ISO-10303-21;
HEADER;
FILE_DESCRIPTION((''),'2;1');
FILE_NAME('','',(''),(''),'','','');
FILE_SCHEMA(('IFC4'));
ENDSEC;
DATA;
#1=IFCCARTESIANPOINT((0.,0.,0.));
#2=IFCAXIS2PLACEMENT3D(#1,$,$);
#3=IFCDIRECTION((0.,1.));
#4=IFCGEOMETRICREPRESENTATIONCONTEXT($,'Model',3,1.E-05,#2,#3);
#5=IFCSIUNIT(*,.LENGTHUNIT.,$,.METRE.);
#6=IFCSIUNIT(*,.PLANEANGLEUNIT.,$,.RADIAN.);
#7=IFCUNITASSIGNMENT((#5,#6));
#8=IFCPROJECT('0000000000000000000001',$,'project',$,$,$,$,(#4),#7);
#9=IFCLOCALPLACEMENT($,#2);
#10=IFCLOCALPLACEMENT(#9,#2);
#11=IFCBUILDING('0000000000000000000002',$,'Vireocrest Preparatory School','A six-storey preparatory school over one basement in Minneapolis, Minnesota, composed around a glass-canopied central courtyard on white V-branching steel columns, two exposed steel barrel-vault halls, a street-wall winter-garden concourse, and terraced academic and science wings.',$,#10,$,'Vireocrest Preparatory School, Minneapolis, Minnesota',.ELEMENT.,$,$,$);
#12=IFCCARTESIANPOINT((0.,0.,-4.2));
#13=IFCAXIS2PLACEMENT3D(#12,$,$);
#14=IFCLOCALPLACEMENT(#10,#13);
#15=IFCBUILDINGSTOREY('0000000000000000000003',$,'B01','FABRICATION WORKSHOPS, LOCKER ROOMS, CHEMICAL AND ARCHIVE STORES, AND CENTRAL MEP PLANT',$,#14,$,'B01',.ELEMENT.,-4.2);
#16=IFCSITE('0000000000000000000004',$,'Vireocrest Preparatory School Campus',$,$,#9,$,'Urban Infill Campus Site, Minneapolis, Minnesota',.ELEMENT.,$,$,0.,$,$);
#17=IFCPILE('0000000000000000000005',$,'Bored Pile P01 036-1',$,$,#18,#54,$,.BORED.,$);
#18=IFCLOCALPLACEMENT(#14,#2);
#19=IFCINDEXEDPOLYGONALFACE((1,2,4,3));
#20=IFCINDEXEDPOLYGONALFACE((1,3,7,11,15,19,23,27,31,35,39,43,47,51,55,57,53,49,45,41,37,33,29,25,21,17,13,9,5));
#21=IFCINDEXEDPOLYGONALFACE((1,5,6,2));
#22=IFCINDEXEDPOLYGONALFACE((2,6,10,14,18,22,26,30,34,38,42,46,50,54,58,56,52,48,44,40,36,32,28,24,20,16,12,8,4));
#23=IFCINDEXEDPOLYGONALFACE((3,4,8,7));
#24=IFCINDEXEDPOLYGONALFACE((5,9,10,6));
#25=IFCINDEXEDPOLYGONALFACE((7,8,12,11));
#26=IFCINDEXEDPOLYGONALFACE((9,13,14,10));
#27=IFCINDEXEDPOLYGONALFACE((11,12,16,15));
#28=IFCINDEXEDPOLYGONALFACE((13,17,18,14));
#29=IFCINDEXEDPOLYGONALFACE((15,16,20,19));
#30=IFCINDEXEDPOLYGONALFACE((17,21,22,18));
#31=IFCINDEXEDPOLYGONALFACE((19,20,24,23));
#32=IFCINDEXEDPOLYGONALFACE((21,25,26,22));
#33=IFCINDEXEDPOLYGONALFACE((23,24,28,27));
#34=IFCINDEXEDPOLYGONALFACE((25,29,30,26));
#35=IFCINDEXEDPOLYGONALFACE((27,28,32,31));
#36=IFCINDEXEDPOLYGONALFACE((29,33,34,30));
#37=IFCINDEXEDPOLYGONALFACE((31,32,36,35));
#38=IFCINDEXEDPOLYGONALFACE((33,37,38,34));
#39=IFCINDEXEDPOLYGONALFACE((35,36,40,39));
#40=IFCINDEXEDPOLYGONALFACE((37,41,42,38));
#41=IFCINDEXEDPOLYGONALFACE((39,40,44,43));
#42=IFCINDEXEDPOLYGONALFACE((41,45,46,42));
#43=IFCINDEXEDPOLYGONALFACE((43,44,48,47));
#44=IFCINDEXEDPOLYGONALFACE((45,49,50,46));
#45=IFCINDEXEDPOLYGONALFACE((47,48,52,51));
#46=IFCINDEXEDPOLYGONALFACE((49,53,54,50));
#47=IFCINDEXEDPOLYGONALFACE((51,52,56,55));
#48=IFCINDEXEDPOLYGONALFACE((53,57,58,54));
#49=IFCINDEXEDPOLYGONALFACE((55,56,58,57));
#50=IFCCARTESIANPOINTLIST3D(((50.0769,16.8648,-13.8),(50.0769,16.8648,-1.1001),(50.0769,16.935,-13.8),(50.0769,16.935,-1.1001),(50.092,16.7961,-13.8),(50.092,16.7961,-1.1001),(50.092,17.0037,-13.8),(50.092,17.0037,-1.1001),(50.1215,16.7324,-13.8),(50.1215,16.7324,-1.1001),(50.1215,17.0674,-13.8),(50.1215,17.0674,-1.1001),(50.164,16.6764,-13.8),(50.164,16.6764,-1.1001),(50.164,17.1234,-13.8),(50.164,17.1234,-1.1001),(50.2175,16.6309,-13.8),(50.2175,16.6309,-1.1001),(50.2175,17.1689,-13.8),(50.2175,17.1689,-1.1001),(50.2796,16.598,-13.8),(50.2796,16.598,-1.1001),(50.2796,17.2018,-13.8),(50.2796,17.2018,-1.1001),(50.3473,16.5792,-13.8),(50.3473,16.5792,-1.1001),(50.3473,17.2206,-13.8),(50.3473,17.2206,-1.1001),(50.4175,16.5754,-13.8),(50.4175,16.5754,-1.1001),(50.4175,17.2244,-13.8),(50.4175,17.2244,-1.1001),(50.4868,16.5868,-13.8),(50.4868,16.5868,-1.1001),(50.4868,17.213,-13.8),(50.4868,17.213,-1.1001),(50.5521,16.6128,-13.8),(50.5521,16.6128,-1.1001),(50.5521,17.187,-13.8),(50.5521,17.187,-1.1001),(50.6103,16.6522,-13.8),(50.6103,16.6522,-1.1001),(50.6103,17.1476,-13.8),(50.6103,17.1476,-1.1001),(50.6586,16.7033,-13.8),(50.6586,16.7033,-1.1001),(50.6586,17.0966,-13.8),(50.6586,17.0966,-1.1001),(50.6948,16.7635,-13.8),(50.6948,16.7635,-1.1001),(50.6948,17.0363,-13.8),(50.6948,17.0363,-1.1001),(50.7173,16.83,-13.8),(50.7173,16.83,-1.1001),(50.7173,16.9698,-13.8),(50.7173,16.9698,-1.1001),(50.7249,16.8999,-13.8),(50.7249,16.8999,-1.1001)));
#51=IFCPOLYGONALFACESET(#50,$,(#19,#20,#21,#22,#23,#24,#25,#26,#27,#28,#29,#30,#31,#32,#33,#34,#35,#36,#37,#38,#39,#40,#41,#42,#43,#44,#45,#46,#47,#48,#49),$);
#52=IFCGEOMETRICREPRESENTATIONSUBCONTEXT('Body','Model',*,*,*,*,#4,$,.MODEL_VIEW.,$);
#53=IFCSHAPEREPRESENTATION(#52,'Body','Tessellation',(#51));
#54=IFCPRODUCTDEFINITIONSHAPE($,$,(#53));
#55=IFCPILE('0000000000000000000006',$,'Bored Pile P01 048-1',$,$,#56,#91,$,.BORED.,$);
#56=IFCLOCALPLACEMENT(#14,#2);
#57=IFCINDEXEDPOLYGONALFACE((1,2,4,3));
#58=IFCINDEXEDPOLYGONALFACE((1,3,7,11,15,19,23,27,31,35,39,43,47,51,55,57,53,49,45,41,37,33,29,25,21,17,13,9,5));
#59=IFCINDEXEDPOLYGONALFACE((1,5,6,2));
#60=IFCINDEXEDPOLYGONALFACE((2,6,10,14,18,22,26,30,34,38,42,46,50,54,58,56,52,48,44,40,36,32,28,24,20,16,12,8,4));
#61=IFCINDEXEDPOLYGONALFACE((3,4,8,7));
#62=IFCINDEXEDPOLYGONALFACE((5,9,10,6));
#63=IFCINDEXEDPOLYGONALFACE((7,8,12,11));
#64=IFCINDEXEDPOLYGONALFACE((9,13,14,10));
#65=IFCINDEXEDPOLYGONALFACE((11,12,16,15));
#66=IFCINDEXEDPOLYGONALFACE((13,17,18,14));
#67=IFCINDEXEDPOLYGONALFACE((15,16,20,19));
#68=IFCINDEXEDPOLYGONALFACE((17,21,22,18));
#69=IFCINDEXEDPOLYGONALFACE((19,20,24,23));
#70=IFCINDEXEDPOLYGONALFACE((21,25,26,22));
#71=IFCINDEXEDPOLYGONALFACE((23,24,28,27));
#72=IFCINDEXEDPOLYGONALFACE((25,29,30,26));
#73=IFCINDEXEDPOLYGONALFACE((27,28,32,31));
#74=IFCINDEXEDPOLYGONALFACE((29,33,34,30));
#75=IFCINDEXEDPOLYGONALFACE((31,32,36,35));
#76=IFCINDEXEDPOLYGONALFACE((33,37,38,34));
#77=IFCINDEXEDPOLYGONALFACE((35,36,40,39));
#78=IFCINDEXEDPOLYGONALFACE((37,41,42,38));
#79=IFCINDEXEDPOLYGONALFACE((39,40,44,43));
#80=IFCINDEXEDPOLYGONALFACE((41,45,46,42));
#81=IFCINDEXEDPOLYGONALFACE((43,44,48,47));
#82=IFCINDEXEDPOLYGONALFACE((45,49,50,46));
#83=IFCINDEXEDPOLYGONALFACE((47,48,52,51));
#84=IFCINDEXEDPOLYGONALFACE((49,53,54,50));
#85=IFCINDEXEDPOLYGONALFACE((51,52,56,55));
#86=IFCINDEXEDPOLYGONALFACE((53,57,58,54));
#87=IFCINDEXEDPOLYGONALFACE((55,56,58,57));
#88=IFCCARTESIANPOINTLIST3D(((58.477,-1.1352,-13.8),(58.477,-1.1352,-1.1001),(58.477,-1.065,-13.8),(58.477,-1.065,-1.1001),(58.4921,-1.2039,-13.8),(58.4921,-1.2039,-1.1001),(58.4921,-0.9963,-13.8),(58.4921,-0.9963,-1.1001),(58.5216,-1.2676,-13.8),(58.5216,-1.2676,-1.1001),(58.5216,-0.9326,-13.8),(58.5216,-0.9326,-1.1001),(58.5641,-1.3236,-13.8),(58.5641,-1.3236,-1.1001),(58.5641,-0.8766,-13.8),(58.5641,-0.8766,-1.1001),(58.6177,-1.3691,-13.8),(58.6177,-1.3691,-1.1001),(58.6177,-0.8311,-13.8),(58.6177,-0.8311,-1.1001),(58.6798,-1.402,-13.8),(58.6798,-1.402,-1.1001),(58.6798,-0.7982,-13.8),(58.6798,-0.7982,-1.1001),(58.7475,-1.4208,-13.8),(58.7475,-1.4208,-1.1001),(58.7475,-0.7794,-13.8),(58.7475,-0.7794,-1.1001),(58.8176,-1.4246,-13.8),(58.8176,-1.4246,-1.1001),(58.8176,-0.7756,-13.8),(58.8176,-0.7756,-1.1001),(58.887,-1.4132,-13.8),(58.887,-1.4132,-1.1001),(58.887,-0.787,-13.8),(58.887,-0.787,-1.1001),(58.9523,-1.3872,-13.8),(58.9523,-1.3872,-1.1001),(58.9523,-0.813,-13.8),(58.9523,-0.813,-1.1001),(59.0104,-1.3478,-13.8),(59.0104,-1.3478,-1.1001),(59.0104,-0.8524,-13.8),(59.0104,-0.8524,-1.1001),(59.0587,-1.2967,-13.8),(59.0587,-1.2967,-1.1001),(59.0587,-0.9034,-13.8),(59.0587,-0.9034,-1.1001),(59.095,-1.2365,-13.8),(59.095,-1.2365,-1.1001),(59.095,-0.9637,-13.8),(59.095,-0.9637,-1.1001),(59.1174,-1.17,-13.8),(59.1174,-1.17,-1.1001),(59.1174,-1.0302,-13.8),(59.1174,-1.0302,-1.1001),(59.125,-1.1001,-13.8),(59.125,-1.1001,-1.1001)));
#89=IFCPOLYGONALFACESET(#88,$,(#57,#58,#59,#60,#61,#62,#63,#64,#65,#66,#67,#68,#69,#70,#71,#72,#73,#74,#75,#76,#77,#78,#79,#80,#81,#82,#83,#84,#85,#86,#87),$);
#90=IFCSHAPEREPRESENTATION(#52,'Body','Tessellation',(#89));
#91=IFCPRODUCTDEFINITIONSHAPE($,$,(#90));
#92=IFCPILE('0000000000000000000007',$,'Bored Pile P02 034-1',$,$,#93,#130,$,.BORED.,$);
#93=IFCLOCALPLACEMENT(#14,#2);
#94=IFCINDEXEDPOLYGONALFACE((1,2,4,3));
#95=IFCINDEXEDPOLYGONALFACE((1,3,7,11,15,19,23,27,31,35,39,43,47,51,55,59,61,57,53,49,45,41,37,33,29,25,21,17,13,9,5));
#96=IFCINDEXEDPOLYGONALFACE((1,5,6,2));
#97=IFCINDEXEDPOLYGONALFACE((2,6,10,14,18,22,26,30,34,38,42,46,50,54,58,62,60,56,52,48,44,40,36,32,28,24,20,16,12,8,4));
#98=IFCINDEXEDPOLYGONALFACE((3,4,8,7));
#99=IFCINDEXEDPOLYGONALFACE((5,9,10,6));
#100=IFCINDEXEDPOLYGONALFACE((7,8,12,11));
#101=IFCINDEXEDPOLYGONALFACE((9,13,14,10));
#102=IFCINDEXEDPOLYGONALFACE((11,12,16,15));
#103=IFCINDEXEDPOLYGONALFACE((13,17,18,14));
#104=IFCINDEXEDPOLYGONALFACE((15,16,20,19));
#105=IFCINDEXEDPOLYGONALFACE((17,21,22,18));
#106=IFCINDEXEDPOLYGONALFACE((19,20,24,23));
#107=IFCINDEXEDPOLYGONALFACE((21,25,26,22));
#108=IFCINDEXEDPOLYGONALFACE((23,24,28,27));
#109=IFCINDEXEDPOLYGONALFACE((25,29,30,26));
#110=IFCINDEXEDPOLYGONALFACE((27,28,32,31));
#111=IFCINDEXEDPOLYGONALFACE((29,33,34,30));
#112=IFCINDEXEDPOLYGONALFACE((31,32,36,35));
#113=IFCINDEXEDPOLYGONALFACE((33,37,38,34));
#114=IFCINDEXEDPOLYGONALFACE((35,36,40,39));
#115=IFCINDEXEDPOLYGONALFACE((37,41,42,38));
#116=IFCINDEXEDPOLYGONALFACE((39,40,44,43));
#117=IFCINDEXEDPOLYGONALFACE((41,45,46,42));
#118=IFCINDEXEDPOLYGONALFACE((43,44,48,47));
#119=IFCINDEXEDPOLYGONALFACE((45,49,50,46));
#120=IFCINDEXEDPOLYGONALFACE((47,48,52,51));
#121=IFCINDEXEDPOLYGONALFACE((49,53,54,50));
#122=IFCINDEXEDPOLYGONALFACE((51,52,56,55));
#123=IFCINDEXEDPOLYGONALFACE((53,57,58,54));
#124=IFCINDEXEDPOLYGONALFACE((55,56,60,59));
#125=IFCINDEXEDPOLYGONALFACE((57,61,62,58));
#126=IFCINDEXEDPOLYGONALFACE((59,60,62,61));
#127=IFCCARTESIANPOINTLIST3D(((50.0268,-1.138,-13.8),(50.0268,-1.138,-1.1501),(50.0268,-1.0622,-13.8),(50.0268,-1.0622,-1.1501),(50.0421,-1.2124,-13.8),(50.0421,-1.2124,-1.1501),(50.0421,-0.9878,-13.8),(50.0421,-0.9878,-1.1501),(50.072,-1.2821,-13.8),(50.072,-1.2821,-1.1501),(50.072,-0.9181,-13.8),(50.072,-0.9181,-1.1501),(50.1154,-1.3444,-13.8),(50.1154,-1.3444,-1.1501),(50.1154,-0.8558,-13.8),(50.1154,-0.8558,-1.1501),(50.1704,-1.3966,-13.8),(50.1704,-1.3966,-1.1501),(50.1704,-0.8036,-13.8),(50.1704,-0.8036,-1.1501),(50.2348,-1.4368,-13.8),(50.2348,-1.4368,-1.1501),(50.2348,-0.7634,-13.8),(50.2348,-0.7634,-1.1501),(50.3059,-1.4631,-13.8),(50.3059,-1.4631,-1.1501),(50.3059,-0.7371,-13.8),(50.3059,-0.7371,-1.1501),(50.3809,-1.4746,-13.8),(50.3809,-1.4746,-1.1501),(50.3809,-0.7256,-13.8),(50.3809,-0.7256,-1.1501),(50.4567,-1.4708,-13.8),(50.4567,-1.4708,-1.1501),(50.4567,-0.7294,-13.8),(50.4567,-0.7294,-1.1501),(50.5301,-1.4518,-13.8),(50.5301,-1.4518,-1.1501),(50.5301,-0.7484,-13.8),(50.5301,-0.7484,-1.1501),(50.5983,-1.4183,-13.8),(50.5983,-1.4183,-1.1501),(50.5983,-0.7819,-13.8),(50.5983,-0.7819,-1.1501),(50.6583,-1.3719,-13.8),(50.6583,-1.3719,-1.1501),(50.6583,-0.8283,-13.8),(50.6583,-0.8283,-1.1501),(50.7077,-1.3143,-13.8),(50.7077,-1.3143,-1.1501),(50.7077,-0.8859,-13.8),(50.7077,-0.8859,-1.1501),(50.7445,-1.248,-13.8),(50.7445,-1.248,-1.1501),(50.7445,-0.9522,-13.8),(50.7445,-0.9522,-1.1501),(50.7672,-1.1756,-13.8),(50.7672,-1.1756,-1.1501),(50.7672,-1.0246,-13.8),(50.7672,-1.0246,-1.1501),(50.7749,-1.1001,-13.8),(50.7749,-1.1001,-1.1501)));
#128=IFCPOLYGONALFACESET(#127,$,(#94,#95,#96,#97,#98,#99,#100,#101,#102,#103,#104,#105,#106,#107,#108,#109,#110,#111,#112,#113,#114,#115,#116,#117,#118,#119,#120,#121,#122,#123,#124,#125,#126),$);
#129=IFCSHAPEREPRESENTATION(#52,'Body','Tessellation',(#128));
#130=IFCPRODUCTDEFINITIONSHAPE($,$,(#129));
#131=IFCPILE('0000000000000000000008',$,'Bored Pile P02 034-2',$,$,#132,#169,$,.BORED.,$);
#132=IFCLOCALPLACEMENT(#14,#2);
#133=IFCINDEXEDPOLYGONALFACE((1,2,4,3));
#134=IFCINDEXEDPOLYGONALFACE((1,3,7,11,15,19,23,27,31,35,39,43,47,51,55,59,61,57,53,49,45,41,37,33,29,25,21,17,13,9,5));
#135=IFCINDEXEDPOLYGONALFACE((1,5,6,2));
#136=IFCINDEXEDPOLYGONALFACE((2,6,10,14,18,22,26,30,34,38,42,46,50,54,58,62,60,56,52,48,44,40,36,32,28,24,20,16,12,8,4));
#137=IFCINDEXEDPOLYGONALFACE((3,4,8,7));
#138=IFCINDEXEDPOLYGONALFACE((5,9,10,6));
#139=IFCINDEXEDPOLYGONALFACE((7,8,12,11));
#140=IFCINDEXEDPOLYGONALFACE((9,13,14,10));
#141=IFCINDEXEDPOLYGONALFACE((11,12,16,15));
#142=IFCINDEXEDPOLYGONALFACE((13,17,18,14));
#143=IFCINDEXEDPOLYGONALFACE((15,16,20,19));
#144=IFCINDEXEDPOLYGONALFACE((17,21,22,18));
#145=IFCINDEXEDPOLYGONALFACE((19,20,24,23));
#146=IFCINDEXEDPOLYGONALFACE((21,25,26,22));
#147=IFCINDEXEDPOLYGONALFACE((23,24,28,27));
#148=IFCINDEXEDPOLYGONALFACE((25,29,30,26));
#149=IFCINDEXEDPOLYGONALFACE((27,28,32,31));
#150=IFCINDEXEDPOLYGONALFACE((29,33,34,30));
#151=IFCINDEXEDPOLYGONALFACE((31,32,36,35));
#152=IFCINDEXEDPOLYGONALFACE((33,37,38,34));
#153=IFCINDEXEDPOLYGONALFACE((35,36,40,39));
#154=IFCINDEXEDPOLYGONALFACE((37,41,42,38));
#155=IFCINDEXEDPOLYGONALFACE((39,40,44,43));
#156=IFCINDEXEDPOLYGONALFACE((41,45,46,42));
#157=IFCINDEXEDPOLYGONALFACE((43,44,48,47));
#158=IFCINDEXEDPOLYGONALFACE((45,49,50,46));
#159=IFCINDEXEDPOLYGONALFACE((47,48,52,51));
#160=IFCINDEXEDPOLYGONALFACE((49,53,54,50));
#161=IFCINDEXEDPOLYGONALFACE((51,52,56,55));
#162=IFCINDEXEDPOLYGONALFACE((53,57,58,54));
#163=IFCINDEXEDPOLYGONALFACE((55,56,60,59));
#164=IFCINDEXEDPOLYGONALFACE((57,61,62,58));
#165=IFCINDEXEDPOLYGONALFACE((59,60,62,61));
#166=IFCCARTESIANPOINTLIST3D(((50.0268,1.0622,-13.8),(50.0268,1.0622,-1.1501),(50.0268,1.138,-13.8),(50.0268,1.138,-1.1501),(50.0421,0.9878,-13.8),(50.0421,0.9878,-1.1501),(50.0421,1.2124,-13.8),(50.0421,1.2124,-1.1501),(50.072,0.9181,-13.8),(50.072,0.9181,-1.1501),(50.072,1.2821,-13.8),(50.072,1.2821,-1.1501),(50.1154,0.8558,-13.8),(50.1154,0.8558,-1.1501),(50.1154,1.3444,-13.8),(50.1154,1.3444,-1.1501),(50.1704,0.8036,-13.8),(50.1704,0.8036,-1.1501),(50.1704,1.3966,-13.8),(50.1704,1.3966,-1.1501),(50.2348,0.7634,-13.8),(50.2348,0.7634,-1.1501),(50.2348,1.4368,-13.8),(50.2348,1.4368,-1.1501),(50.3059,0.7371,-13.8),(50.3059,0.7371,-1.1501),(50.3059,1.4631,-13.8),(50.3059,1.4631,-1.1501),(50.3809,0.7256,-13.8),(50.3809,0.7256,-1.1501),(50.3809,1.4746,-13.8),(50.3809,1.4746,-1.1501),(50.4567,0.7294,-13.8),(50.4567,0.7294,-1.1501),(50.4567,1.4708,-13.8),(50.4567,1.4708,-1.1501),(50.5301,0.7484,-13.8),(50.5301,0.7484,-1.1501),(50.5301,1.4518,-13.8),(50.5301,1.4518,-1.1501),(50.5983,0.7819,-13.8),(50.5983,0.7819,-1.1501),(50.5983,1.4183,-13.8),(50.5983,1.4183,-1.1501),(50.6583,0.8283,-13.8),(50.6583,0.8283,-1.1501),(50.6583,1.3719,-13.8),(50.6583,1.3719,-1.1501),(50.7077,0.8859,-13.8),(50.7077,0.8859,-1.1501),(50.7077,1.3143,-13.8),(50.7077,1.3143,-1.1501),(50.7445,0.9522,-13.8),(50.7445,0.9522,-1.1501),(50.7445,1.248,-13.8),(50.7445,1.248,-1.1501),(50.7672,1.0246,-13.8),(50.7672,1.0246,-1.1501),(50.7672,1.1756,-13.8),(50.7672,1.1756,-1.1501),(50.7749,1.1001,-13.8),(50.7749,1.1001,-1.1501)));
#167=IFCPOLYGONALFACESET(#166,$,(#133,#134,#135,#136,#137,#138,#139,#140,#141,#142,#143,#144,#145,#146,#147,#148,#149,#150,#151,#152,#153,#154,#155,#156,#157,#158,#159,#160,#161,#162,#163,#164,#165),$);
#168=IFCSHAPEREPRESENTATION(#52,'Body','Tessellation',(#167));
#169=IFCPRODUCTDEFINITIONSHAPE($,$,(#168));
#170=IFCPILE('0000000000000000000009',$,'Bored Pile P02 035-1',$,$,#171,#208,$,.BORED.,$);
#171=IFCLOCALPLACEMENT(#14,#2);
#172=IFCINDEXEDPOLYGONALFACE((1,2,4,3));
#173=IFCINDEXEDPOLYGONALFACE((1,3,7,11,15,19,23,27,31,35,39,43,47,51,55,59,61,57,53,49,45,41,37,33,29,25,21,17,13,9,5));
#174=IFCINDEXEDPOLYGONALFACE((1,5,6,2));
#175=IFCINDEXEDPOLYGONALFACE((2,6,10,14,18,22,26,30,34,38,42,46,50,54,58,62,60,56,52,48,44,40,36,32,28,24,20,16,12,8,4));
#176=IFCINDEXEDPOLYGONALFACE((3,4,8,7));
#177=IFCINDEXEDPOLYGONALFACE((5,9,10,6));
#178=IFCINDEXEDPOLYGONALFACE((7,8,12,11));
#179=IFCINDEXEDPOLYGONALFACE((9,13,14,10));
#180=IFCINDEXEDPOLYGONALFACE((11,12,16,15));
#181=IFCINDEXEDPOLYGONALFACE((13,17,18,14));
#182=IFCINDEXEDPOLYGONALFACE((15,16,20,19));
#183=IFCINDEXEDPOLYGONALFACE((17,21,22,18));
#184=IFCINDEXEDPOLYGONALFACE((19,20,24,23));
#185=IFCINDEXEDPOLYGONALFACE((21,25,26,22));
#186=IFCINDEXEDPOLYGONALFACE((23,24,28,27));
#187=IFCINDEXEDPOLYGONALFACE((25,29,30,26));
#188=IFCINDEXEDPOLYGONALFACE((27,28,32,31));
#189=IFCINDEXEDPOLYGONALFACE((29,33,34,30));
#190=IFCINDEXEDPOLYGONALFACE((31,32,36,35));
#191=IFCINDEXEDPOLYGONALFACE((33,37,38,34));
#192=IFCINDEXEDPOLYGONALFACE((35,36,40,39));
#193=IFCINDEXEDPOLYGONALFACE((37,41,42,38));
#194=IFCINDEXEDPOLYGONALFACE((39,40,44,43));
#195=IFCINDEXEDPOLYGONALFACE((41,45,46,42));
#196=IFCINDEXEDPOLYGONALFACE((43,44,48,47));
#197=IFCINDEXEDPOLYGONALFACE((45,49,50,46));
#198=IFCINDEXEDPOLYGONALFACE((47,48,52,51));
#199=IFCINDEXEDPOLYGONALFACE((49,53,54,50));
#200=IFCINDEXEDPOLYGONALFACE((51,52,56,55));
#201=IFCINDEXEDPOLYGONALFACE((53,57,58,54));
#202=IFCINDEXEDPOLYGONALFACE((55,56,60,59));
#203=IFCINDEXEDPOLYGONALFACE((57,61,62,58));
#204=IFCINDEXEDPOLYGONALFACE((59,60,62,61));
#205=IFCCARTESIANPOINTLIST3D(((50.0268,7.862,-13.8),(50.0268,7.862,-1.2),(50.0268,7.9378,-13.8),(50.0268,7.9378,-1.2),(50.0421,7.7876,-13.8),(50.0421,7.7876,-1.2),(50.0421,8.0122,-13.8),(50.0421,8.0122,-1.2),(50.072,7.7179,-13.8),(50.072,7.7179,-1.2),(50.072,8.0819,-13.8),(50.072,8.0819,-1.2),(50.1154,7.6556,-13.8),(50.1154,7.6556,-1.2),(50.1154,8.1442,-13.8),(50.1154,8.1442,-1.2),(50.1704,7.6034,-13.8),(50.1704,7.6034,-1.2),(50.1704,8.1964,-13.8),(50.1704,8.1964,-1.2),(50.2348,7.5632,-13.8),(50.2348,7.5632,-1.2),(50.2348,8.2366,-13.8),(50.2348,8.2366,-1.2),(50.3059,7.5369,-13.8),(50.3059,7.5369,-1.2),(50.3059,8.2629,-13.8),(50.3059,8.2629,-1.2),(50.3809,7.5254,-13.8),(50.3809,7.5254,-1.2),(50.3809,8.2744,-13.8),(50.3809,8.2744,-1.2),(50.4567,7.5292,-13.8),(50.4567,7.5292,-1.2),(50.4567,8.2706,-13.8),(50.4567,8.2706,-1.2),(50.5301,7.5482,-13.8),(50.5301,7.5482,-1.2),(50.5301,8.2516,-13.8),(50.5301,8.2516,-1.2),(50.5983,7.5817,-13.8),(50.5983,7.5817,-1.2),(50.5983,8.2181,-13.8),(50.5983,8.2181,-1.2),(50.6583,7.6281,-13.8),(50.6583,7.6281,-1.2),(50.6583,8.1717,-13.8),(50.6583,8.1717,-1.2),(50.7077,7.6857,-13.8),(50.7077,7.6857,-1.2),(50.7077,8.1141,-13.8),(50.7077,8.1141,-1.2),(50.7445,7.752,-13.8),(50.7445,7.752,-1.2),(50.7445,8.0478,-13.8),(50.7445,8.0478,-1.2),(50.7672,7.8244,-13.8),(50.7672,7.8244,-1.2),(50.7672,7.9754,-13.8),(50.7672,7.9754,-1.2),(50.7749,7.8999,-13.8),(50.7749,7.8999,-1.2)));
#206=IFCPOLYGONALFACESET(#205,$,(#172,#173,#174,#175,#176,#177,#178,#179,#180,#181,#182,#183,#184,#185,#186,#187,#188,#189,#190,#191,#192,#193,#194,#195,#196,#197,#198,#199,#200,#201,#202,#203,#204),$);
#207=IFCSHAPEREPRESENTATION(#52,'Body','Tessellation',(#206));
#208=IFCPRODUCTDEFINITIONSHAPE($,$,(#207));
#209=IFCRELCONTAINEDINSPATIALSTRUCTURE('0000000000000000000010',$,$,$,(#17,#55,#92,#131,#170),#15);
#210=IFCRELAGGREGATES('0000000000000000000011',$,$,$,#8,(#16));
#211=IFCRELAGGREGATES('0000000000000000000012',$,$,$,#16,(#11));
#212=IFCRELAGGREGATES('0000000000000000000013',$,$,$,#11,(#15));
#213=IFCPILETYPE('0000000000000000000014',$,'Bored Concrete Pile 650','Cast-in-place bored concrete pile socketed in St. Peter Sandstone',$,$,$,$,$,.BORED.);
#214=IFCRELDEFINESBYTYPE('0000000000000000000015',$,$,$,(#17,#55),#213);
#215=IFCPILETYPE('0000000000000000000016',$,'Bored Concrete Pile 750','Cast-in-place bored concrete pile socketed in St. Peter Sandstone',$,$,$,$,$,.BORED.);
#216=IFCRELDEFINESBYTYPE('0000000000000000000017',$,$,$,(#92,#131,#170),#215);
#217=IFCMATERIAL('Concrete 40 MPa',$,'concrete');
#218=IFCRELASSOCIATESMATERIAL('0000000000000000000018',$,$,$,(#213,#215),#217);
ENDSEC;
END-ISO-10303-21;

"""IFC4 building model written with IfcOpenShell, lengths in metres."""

from ifc_helpers import new_model, si_unit, direction, frame, origin, origin_2d, place, context, subcontext, project, spatial, circle, extrude, material, material_profile, profile_set, type_object, element, save


model = new_model("IFC4")

# Units and contexts
model_context = context("Model", 3, precision=1e-05, world=origin(), true_north=direction((0.0, 1.0)))
body_context = subcontext(model_context, "Body", "Model", "MODEL_VIEW")
ifc_project = project(units=[si_unit("LENGTHUNIT", "METRE"), si_unit("PLANEANGLEUNIT", "RADIAN")], contexts=[model_context])

# Site, building, storey
site_placement = place(None, origin())
site = spatial("IfcSite", under=ifc_project, at=site_placement, Name="Vireocrest Preparatory School Campus", LongName="Urban Infill Campus Site, Minneapolis, Minnesota", CompositionType="ELEMENT", RefElevation=0.0)
building_placement = place(site_placement, origin())
building = spatial("IfcBuilding", under=site, at=building_placement, Name="Vireocrest Preparatory School", Description="A six-storey preparatory school over one basement in Minneapolis, Minnesota, composed around a glass-canopied central courtyard on white V-branching steel columns, two exposed steel barrel-vault halls, a street-wall winter-garden concourse, and terraced academic and science wings.", LongName="Vireocrest Preparatory School, Minneapolis, Minnesota", CompositionType="ELEMENT")
storey_placement = place(building_placement, frame((0.0, 0.0, -4.2)))
storey = spatial("IfcBuildingStorey", under=building, at=storey_placement, Name="B01", Description="FABRICATION WORKSHOPS, LOCKER ROOMS, CHEMICAL AND ARCHIVE STORES, AND CENTRAL MEP PLANT", LongName="B01", CompositionType="ELEMENT", Elevation=-4.2)

# Piles
ifc_material_1 = material(Name="Concrete 40 MPa", Category="concrete")
ifc_material_profile_1 = material_profile(ifc_material_1, circle(Radius=0.325, at=origin_2d()), Name="BORED PILE 650")
ifc_profile_set_1 = profile_set([ifc_material_profile_1], Name="Concrete 40 MPa")
pile_type_1 = type_object("IfcPileType", Name="Bored Concrete Pile 650", Description="Cast-in-place bored concrete pile socketed in St. Peter Sandstone", PredefinedType="BORED", material=ifc_profile_set_1)
for number, where, z_axis, x_axis, name in (
    (1, (50.3999, 16.8999, -1.1001), (0.0, 0.0, -1.0), (1.0, 0.0, 0.0), "Bored Pile P01 036-1"),
    (2, (58.8, -1.1001, -1.1001), (0.0, 0.0, -1.0), (1.0, 0.0, 0.0), "Bored Pile P01 048-1"),
):
    element("IfcPile", number, at=place(storey_placement, frame(where, z_axis=z_axis, x_axis=x_axis)), inside=storey, type_object=pile_type_1, Name=name, PredefinedType="BORED", context=body_context, shape_type="SweptSolid", body=[
        extrude(circle(Radius=0.325, at=origin_2d()), origin(), (0.0, 0.0, 1.0), 12.7),
    ])
ifc_material_profile_2 = material_profile(ifc_material_1, circle(Radius=0.375, at=origin_2d()), Name="BORED PILE 750")
ifc_profile_set_2 = profile_set([ifc_material_profile_2], Name="Concrete 40 MPa")
pile_type_2 = type_object("IfcPileType", Name="Bored Concrete Pile 750", Description="Cast-in-place bored concrete pile socketed in St. Peter Sandstone", PredefinedType="BORED", material=ifc_profile_set_2)
for number, where, z_axis, x_axis, name in (
    (3, (50.3999, -1.1001, -1.1501), (0.0, 0.0, -1.0), (1.0, 0.0, 0.0), "Bored Pile P02 034-1"),
    (4, (50.3999, 1.1001, -1.1501), (0.0, 0.0, -1.0), (1.0, 0.0, 0.0), "Bored Pile P02 034-2"),
):
    element("IfcPile", number, at=place(storey_placement, frame(where, z_axis=z_axis, x_axis=x_axis)), inside=storey, type_object=pile_type_2, Name=name, PredefinedType="BORED", context=body_context, shape_type="SweptSolid", body=[
        extrude(circle(Radius=0.375, at=origin_2d()), origin(), (0.0, 0.0, 1.0), 12.6499),
    ])
for number, where, z_axis, x_axis, name in (
    (5, (50.3999, 7.8999, -1.2), (0.0, 0.0, -1.0), (1.0, 0.0, 0.0), "Bored Pile P02 035-1"),
):
    element("IfcPile", number, at=place(storey_placement, frame(where, z_axis=z_axis, x_axis=x_axis)), inside=storey, type_object=pile_type_2, Name=name, PredefinedType="BORED", context=body_context, shape_type="SweptSolid", body=[
        extrude(circle(Radius=0.375, at=origin_2d()), origin(), (0.0, 0.0, 1.0), 12.6001),
    ])

save(model, "model.ifc")
